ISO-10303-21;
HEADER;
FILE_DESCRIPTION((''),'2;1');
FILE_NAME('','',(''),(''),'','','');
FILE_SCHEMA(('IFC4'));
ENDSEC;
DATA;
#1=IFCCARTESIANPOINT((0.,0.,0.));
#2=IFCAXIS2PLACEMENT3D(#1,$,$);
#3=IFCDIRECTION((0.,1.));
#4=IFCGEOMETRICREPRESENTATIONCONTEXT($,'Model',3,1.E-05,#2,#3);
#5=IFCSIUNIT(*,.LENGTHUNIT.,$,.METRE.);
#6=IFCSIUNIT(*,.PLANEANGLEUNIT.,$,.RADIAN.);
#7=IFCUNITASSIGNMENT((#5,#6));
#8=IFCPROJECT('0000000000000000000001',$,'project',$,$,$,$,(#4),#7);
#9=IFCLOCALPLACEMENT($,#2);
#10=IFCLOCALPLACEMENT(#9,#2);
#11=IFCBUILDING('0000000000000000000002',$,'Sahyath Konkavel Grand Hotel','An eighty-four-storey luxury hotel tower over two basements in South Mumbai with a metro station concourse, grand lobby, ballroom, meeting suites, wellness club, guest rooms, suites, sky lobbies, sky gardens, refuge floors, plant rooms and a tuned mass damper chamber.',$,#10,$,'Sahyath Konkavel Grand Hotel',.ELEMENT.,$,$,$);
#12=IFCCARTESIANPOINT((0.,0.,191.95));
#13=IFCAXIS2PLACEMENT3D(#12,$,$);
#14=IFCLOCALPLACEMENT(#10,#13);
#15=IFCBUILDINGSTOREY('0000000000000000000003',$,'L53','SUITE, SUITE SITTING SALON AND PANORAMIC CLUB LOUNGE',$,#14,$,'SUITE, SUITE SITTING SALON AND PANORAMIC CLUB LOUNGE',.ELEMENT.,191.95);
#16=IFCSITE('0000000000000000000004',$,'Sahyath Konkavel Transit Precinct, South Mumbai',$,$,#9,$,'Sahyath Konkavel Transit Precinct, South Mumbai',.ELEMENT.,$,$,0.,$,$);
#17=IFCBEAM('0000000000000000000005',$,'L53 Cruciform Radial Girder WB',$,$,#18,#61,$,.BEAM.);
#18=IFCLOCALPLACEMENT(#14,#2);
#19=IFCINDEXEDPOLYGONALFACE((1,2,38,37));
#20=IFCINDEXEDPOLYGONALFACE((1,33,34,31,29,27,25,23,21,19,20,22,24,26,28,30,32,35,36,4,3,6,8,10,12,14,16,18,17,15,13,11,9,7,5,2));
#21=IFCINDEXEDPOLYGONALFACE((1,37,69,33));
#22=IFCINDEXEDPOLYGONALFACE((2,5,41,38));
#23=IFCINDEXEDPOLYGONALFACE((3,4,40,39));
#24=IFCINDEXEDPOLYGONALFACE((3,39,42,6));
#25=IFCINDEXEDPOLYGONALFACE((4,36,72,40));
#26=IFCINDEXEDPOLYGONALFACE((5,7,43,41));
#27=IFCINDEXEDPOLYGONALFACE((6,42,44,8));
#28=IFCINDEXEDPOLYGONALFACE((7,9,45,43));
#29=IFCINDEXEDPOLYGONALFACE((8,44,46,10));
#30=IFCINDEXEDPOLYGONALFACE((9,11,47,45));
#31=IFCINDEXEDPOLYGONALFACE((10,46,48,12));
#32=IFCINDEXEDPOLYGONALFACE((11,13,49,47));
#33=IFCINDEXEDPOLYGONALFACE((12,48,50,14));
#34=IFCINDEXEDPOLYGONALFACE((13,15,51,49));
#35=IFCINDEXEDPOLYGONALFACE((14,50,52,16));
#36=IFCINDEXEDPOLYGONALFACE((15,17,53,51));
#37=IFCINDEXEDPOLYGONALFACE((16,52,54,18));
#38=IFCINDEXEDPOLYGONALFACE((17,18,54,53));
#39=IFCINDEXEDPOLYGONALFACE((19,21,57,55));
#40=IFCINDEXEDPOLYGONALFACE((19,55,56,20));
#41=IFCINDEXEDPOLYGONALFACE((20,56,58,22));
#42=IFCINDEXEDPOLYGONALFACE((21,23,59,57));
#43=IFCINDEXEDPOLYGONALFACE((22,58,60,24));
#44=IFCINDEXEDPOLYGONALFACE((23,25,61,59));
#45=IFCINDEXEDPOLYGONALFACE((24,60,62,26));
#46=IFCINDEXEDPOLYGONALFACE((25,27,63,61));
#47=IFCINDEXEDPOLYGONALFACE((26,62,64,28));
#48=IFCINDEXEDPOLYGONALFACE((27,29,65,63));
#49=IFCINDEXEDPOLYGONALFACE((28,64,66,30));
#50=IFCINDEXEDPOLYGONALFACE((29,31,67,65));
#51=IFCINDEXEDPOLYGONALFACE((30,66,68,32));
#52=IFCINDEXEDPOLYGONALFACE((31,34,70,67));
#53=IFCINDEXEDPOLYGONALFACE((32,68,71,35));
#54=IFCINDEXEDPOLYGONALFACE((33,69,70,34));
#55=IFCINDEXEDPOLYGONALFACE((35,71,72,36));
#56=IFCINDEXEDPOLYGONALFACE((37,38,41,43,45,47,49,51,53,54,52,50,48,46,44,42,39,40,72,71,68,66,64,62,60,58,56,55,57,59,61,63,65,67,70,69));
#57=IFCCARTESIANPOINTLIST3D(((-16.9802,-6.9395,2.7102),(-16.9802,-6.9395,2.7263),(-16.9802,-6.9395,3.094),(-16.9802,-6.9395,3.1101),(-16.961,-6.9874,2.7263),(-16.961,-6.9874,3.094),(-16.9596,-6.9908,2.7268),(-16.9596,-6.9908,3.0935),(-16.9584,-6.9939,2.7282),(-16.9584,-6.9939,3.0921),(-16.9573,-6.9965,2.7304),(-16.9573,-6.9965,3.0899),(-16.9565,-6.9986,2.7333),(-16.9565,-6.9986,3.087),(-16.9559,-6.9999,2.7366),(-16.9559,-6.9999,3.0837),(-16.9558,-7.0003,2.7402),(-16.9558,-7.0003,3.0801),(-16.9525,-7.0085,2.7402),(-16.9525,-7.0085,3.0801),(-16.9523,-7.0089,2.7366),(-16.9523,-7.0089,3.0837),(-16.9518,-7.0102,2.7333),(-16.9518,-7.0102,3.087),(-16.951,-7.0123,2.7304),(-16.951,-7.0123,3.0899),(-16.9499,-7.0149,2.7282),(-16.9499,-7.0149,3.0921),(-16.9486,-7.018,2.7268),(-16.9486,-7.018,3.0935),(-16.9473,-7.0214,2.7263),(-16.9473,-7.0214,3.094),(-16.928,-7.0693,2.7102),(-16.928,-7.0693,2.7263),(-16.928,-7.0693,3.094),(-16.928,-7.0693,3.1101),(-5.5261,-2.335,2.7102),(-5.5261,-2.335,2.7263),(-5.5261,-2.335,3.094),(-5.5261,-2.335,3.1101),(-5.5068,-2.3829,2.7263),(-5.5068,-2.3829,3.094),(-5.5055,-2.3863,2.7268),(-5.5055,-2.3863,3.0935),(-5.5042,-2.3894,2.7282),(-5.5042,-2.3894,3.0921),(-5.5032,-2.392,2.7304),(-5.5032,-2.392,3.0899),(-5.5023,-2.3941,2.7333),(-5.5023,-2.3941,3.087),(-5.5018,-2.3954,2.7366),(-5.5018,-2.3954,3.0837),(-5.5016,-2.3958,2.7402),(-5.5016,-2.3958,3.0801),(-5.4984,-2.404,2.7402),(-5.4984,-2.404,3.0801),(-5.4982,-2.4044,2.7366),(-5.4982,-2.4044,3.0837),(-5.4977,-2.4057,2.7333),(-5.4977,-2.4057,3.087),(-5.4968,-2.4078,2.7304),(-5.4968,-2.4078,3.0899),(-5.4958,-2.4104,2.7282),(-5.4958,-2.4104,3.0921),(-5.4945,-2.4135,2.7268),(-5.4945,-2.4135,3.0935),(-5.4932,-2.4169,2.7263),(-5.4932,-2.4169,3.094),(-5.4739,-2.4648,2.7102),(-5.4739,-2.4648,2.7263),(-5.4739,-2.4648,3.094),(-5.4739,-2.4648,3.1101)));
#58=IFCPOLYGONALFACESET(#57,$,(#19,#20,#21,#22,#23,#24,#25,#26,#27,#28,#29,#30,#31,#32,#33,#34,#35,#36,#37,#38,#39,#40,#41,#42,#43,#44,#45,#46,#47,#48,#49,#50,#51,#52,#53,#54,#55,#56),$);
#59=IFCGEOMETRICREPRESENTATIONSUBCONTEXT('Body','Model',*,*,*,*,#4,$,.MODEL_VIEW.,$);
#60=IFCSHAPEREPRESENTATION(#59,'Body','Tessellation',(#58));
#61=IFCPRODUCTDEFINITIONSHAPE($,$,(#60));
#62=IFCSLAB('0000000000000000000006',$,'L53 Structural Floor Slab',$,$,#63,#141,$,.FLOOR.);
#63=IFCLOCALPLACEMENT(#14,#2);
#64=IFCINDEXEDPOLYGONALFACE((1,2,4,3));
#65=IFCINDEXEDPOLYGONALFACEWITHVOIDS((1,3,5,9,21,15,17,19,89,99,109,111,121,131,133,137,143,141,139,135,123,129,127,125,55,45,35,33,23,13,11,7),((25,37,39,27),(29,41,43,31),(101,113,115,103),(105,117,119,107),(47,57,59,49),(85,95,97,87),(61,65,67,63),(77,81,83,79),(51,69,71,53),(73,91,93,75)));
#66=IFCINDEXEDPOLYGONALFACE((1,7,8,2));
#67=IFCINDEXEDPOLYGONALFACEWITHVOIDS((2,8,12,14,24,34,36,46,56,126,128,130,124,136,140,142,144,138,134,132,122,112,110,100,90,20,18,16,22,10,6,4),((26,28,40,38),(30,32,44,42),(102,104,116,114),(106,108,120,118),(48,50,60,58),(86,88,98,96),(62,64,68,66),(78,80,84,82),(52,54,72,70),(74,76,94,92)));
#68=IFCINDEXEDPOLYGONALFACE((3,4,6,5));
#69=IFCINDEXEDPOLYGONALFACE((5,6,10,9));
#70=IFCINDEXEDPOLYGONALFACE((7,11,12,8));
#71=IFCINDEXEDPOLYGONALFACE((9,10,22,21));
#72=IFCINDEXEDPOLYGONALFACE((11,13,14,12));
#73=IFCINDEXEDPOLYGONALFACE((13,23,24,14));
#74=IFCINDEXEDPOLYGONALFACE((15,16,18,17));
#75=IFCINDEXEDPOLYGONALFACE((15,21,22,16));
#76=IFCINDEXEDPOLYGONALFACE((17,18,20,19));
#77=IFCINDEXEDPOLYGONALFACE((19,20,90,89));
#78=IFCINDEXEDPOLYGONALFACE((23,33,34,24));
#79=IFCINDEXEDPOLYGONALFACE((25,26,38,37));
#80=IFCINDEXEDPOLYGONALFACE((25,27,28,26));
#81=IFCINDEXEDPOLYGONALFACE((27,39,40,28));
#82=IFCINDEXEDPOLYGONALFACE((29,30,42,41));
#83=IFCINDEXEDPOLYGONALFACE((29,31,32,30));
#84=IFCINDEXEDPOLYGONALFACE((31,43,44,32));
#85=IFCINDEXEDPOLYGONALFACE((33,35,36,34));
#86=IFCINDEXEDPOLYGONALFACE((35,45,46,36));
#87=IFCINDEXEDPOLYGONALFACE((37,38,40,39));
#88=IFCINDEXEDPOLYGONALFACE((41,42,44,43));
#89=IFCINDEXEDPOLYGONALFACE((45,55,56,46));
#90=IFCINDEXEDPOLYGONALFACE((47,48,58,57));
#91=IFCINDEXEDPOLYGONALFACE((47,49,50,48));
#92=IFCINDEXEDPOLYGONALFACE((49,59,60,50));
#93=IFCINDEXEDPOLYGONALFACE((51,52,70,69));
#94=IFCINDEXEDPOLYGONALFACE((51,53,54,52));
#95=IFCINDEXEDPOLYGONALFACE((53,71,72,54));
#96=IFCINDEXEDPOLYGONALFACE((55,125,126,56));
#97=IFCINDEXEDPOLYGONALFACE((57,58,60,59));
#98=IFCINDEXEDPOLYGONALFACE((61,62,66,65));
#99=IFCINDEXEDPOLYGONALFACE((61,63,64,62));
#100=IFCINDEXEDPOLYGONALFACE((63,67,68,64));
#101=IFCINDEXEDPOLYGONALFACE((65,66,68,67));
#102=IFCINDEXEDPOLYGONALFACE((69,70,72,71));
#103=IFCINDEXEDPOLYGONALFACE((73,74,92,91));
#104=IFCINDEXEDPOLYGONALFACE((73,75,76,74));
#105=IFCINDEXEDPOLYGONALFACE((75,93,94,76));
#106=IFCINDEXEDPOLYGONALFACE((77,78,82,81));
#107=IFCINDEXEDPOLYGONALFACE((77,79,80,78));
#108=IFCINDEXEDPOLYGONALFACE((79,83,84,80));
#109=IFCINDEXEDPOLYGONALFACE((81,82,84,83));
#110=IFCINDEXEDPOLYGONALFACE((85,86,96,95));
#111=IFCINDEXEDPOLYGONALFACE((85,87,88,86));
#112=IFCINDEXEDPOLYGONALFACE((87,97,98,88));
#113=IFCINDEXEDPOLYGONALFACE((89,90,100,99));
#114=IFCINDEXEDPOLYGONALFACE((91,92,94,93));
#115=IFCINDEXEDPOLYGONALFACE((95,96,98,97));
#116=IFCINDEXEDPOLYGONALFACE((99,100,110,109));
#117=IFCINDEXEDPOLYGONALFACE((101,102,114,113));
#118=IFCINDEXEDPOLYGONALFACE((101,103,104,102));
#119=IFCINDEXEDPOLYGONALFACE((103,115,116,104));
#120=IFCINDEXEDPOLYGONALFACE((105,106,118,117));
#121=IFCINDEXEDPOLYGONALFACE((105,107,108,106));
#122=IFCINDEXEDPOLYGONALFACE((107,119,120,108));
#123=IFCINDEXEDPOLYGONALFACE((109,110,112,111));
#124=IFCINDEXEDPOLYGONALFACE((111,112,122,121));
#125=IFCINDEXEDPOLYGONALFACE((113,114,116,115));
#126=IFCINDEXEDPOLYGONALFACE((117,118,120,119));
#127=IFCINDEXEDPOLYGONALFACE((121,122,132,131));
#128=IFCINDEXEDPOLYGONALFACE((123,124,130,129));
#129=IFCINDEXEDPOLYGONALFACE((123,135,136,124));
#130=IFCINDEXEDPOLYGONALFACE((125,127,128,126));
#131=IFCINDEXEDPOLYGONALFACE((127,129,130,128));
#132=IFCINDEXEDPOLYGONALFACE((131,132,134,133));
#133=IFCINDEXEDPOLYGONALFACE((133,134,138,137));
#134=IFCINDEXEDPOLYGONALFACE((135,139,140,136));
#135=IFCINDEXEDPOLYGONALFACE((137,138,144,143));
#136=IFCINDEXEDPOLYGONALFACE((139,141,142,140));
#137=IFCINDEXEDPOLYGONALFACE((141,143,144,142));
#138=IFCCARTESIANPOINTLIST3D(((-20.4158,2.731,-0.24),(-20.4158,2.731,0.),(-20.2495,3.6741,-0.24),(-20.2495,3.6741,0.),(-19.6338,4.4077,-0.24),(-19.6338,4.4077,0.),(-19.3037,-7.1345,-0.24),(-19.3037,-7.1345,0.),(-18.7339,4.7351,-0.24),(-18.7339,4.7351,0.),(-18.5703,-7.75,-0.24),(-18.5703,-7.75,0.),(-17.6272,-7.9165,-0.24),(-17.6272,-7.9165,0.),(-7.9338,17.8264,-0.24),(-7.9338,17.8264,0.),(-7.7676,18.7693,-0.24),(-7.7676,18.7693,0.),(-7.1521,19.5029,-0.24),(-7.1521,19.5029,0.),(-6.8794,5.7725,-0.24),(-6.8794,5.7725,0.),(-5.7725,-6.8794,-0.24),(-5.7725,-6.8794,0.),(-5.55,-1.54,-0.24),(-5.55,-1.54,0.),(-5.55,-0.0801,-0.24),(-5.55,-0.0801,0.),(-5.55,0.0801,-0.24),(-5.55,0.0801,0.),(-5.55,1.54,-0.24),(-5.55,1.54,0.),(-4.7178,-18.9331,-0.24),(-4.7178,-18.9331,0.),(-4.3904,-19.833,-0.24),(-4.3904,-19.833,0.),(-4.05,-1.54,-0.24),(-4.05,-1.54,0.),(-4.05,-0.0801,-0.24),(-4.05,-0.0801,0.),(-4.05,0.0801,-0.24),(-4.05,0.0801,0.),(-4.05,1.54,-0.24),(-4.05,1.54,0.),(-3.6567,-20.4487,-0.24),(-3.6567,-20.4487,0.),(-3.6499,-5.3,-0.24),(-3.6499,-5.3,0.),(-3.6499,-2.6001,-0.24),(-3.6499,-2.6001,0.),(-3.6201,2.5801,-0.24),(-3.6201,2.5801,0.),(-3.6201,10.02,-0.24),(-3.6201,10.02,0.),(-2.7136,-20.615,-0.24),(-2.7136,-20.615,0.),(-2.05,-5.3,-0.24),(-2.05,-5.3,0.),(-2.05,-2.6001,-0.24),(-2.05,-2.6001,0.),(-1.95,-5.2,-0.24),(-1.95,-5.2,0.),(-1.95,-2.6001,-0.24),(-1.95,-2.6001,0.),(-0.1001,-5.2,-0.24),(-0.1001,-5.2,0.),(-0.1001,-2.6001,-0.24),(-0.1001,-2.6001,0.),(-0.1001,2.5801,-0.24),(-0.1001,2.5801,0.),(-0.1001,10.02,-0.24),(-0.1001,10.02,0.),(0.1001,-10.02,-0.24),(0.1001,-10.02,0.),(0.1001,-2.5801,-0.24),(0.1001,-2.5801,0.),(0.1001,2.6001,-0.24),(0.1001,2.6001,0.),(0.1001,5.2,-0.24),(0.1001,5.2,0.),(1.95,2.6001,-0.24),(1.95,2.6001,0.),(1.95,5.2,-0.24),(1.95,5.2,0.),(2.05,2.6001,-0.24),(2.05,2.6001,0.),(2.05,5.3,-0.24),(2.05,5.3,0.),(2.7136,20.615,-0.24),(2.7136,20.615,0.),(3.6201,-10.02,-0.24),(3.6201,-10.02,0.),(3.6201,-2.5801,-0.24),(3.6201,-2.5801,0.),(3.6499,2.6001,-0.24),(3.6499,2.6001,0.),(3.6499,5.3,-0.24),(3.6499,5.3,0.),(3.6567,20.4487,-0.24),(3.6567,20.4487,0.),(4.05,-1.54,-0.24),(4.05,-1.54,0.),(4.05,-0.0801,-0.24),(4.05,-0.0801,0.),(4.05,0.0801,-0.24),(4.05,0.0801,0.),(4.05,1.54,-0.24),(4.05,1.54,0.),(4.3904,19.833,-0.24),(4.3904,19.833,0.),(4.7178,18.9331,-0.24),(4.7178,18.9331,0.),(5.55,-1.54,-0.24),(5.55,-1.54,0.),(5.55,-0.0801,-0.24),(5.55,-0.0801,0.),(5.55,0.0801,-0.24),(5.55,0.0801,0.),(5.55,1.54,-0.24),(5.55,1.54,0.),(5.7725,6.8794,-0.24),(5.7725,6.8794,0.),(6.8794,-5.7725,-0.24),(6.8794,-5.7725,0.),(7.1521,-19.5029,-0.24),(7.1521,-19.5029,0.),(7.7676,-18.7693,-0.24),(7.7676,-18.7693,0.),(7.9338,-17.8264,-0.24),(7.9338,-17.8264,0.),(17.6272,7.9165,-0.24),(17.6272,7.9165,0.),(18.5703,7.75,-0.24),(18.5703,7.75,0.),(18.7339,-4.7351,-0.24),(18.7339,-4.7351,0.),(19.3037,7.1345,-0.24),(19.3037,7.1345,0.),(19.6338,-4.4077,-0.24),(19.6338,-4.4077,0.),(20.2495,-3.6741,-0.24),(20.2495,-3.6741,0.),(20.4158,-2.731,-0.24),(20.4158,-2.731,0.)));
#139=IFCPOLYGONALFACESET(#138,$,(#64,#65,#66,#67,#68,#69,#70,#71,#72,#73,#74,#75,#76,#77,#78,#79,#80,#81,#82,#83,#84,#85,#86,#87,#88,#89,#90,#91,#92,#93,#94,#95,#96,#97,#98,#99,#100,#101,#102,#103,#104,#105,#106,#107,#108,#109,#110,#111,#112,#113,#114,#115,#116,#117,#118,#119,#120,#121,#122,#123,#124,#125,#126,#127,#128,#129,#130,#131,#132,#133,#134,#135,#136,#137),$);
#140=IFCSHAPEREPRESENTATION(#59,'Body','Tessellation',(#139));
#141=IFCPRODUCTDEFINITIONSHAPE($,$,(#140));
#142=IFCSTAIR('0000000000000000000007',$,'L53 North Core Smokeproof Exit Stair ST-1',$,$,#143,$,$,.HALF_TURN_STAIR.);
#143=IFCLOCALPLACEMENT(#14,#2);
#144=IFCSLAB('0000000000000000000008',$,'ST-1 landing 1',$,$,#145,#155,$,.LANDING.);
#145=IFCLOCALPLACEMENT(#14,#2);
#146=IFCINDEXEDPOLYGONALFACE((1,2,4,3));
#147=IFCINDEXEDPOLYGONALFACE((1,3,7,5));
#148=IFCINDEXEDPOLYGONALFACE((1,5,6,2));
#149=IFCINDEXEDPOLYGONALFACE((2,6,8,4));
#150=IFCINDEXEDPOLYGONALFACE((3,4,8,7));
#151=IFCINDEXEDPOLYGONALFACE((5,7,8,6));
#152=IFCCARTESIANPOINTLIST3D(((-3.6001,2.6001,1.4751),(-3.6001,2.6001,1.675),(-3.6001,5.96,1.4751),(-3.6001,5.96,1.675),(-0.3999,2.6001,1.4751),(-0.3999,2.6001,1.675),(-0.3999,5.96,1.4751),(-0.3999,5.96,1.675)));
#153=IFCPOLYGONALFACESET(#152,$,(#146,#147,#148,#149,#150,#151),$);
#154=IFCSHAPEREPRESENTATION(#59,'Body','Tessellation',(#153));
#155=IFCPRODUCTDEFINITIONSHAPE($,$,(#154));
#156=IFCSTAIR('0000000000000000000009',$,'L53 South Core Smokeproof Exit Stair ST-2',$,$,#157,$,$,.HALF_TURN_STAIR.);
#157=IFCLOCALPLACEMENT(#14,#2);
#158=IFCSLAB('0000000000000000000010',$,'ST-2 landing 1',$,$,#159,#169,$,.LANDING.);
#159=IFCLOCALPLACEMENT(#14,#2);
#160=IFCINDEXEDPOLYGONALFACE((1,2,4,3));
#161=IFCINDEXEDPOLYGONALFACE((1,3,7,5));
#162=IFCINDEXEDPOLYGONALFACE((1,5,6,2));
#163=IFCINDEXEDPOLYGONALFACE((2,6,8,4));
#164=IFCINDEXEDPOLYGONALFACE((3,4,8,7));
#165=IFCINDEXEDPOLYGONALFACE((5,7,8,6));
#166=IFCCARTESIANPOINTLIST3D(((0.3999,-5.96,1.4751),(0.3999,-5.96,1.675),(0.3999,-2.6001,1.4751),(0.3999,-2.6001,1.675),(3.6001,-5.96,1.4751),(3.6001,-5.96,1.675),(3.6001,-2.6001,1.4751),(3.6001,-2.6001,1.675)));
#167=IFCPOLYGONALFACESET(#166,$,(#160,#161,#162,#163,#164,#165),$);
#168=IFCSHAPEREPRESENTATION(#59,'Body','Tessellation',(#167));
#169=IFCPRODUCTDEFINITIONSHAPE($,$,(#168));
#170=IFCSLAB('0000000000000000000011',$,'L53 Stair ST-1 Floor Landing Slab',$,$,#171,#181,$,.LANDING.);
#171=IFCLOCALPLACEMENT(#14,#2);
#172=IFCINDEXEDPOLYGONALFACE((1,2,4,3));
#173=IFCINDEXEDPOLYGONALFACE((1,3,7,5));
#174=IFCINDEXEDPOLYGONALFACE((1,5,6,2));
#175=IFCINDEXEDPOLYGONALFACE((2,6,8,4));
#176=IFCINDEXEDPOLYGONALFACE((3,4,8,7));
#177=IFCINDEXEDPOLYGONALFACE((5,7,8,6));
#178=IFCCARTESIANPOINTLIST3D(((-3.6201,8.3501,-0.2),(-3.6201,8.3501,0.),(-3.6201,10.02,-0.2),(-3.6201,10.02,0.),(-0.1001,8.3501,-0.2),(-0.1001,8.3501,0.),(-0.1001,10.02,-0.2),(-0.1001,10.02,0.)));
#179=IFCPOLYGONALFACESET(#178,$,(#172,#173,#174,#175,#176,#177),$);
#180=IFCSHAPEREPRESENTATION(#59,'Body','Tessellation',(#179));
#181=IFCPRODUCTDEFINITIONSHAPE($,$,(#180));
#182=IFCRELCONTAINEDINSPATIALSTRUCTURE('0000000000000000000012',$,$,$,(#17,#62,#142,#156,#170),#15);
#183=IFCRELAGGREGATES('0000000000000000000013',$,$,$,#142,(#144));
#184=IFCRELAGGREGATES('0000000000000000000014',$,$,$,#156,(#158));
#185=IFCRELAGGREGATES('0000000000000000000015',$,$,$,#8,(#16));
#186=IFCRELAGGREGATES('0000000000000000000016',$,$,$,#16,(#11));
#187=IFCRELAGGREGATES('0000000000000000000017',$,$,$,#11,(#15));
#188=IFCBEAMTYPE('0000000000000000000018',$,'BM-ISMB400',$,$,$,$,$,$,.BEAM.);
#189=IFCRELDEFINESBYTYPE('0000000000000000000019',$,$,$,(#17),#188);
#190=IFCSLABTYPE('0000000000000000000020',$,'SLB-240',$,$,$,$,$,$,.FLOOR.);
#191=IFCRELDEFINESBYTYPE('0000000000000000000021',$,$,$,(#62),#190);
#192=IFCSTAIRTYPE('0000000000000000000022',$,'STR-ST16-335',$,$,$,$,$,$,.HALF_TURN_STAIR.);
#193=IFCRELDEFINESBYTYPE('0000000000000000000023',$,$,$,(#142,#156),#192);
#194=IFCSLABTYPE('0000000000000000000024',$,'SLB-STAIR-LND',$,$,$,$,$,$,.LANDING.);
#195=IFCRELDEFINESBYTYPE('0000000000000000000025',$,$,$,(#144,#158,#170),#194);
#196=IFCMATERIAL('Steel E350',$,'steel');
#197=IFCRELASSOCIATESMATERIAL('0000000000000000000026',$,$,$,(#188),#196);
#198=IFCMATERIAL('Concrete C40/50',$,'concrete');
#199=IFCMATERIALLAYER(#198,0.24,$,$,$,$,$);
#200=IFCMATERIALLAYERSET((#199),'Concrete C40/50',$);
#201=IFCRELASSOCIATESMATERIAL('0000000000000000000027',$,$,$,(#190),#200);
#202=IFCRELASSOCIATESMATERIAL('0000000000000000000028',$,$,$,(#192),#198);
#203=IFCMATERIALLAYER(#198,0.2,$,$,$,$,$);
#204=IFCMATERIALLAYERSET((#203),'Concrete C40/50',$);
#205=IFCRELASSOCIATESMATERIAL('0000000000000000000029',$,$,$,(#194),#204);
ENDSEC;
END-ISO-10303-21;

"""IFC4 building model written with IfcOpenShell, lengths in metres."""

from ifc_helpers import new_model, si_unit, direction, frame, origin, origin_2d, place, context, subcontext, project, spatial, polyline, i_section, outline, extrude, source, transform, mapped, material, layer, layer_set, material_profile, profile_set, type_object, element, aggregate, save


model = new_model("IFC4")

# Units and contexts
model_context = context("Model", 3, precision=1e-05, world=origin(), true_north=direction((0.0, 1.0)))
body_context = subcontext(model_context, "Body", "Model", "MODEL_VIEW")
ifc_project = project(units=[si_unit("LENGTHUNIT", "METRE"), si_unit("PLANEANGLEUNIT", "RADIAN")], contexts=[model_context])

# Site, building, storey
site_placement = place(None, origin())
site = spatial("IfcSite", under=ifc_project, at=site_placement, Name="Sahyath Konkavel Transit Precinct, South Mumbai", LongName="Sahyath Konkavel Transit Precinct, South Mumbai", CompositionType="ELEMENT", RefElevation=0.0)
building_placement = place(site_placement, origin())
building = spatial("IfcBuilding", under=site, at=building_placement, Name="Sahyath Konkavel Grand Hotel", Description="An eighty-four-storey luxury hotel tower over two basements in South Mumbai with a metro station concourse, grand lobby, ballroom, meeting suites, wellness club, guest rooms, suites, sky lobbies, sky gardens, refuge floors, plant rooms and a tuned mass damper chamber.", LongName="Sahyath Konkavel Grand Hotel", CompositionType="ELEMENT")
storey_placement = place(building_placement, frame((0.0, 0.0, 191.95)))
storey = spatial("IfcBuildingStorey", under=building, at=storey_placement, Name="L53", Description="SUITE, SUITE SITTING SALON AND PANORAMIC CLUB LOUNGE", LongName="SUITE, SUITE SITTING SALON AND PANORAMIC CLUB LOUNGE", CompositionType="ELEMENT", Elevation=191.95)

# Beam
ifc_material_1 = material(Name="Steel E350", Category="steel")
ifc_material_profile_1 = material_profile(ifc_material_1, i_section(OverallWidth=0.1399, OverallDepth=0.3999, WebThickness=0.0088, FlangeThickness=0.0161, FilletRadius=0.0139, at=origin_2d()), Name="ISMB 400")
ifc_profile_set_1 = profile_set([ifc_material_profile_1], Name="Steel E350")
beam_type_1 = type_object("IfcBeamType", Name="BM-ISMB400", PredefinedType="BEAM", material=ifc_profile_set_1)
shared_shape_1 = source(origin(), body_context, "Body", "SweptSolid", [
    extrude(i_section(OverallWidth=0.1399, OverallDepth=0.3999, WebThickness=0.0088, FlangeThickness=0.0161, FilletRadius=0.0139, at=origin_2d()), origin(), (0.0, 0.0, 1.0), 12.345),
])
beam_1_placement = place(storey_placement, frame((-5.5, -2.3999, 2.9102), z_axis=(-0.927837, -0.372986, 0.0), x_axis=(0.372986, -0.927837, 0.0)))
element("IfcBeam", 1, at=beam_1_placement, inside=storey, type_object=beam_type_1, Name="L53 Cruciform Radial Girder WB", PredefinedType="BEAM", context=body_context, shape_type="MappedRepresentation", body=[
    mapped(shared_shape_1, transform((0.0, 0.0, 0.0), scale=1.0)),
])

# Slab
ifc_material_2 = material(Name="Concrete C40/50", Category="concrete")
ifc_layer_1 = layer(ifc_material_2, 0.24)
ifc_layer_set_1 = layer_set([ifc_layer_1], Name="Concrete C40/50")
slab_type_1 = type_object("IfcSlabType", Name="SLB-240", PredefinedType="FLOOR", material=ifc_layer_set_1)
slab_1_placement = place(storey_placement, frame((0.0, 0.0, -0.24)))
element("IfcSlab", 2, at=slab_1_placement, inside=storey, type_object=slab_type_1, Name="L53 Structural Floor Slab", PredefinedType="FLOOR", context=body_context, shape_type="SweptSolid", body=[
    extrude(outline(polyline([(6.8794, -5.7725), (18.7339, -4.7351), (19.6338, -4.4077), (20.2495, -3.6741), (20.4158, -2.731), (19.3037, 7.1345), (18.5703, 7.75), (17.6272, 7.9165), (5.7725, 6.8794), (4.7178, 18.9331), (4.3904, 19.833), (3.6567, 20.4487), (2.7136, 20.615), (-7.1521, 19.5029), (-7.7676, 18.7693), (-7.9338, 17.8264), (-6.8794, 5.7725), (-18.7339, 4.7351), (-19.6338, 4.4077), (-20.2495, 3.6741), (-20.4158, 2.731), (-19.3037, -7.1345), (-18.5703, -7.75), (-17.6272, -7.9165), (-5.7725, -6.8794), (-4.7178, -18.9331), (-4.3904, -19.833), (-3.6567, -20.4487), (-2.7136, -20.615), (7.1521, -19.5029), (7.7676, -18.7693), (7.9338, -17.8264), (6.8794, -5.7725)]), holes=[polyline([(-3.6201, 2.5801), (-0.1001, 2.5801), (-0.1001, 10.02), (-3.6201, 10.02), (-3.6201, 2.5801)]), polyline([(0.1001, -10.02), (3.6201, -10.02), (3.6201, -2.5801), (0.1001, -2.5801), (0.1001, -10.02)]), polyline([(0.1001, 2.6001), (1.95, 2.6001), (1.95, 5.2), (0.1001, 5.2), (0.1001, 2.6001)]), polyline([(-1.95, -5.2), (-0.1001, -5.2), (-0.1001, -2.6001), (-1.95, -2.6001), (-1.95, -5.2)]), polyline([(2.05, 2.6001), (3.6499, 2.6001), (3.6499, 5.3), (2.05, 5.3), (2.05, 2.6001)]), polyline([(-3.6499, -5.3), (-2.05, -5.3), (-2.05, -2.6001), (-3.6499, -2.6001), (-3.6499, -5.3)]), polyline([(4.05, 0.0801), (5.55, 0.0801), (5.55, 1.54), (4.05, 1.54), (4.05, 0.0801)]), polyline([(4.05, -1.54), (5.55, -1.54), (5.55, -0.0801), (4.05, -0.0801), (4.05, -1.54)]), polyline([(-5.55, 0.0801), (-4.05, 0.0801), (-4.05, 1.54), (-5.55, 1.54), (-5.55, 0.0801)]), polyline([(-5.55, -1.54), (-4.05, -1.54), (-4.05, -0.0801), (-5.55, -0.0801), (-5.55, -1.54)])]), origin(), (0.0, 0.0, 1.0), 0.24),
])

# Stairs, slabs
stair_type = type_object("IfcStairType", Name="STR-ST16-335", PredefinedType="HALF_TURN_STAIR", material=ifc_material_2)
stair_1_placement = place(storey_placement, origin())
stair_1 = element("IfcStair", 3, at=stair_1_placement, inside=storey, type_object=stair_type, Name="L53 North Core Smokeproof Exit Stair ST-1", PredefinedType="HALF_TURN_STAIR")
ifc_layer_2 = layer(ifc_material_2, 0.2)
ifc_layer_set_2 = layer_set([ifc_layer_2], Name="Concrete C40/50")
slab_type_2 = type_object("IfcSlabType", Name="SLB-STAIR-LND", PredefinedType="LANDING", material=ifc_layer_set_2)
slab_2_placement = place(storey_placement, frame((0.0, 0.0, 1.4751)))
slab_2 = element("IfcSlab", 4, at=slab_2_placement, type_object=slab_type_2, Name="ST-1 landing 1", PredefinedType="LANDING", context=body_context, shape_type="SweptSolid", body=[
    extrude(outline(polyline([(-3.6001, 5.96), (-3.6001, 2.6001), (-0.3999, 2.6001), (-0.3999, 5.96), (-3.6001, 5.96)])), origin(), (0.0, 0.0, 1.0), 0.2),
])
aggregate(stair_1, [slab_2])
stair_2_placement = place(storey_placement, origin())
stair_2 = element("IfcStair", 5, at=stair_2_placement, inside=storey, type_object=stair_type, Name="L53 South Core Smokeproof Exit Stair ST-2", PredefinedType="HALF_TURN_STAIR")
slab_3_placement = place(storey_placement, frame((0.0, 0.0, 1.4751)))
slab_3 = element("IfcSlab", 6, at=slab_3_placement, type_object=slab_type_2, Name="ST-2 landing 1", PredefinedType="LANDING", context=body_context, shape_type="SweptSolid", body=[
    extrude(outline(polyline([(3.6001, -5.96), (3.6001, -2.6001), (0.3999, -2.6001), (0.3999, -5.96), (3.6001, -5.96)])), origin(), (0.0, 0.0, 1.0), 0.2),
])
aggregate(stair_2, [slab_3])

# Slab
slab_4_placement = place(storey_placement, frame((0.0, 0.0, -0.2)))
element("IfcSlab", 7, at=slab_4_placement, inside=storey, type_object=slab_type_2, Name="L53 Stair ST-1 Floor Landing Slab", PredefinedType="LANDING", context=body_context, shape_type="SweptSolid", body=[
    extrude(outline(polyline([(-3.6201, 8.3501), (-0.1001, 8.3501), (-0.1001, 10.02), (-3.6201, 10.02), (-3.6201, 8.3501)])), origin(), (0.0, 0.0, 1.0), 0.2),
])

save(model, "model.ifc")
